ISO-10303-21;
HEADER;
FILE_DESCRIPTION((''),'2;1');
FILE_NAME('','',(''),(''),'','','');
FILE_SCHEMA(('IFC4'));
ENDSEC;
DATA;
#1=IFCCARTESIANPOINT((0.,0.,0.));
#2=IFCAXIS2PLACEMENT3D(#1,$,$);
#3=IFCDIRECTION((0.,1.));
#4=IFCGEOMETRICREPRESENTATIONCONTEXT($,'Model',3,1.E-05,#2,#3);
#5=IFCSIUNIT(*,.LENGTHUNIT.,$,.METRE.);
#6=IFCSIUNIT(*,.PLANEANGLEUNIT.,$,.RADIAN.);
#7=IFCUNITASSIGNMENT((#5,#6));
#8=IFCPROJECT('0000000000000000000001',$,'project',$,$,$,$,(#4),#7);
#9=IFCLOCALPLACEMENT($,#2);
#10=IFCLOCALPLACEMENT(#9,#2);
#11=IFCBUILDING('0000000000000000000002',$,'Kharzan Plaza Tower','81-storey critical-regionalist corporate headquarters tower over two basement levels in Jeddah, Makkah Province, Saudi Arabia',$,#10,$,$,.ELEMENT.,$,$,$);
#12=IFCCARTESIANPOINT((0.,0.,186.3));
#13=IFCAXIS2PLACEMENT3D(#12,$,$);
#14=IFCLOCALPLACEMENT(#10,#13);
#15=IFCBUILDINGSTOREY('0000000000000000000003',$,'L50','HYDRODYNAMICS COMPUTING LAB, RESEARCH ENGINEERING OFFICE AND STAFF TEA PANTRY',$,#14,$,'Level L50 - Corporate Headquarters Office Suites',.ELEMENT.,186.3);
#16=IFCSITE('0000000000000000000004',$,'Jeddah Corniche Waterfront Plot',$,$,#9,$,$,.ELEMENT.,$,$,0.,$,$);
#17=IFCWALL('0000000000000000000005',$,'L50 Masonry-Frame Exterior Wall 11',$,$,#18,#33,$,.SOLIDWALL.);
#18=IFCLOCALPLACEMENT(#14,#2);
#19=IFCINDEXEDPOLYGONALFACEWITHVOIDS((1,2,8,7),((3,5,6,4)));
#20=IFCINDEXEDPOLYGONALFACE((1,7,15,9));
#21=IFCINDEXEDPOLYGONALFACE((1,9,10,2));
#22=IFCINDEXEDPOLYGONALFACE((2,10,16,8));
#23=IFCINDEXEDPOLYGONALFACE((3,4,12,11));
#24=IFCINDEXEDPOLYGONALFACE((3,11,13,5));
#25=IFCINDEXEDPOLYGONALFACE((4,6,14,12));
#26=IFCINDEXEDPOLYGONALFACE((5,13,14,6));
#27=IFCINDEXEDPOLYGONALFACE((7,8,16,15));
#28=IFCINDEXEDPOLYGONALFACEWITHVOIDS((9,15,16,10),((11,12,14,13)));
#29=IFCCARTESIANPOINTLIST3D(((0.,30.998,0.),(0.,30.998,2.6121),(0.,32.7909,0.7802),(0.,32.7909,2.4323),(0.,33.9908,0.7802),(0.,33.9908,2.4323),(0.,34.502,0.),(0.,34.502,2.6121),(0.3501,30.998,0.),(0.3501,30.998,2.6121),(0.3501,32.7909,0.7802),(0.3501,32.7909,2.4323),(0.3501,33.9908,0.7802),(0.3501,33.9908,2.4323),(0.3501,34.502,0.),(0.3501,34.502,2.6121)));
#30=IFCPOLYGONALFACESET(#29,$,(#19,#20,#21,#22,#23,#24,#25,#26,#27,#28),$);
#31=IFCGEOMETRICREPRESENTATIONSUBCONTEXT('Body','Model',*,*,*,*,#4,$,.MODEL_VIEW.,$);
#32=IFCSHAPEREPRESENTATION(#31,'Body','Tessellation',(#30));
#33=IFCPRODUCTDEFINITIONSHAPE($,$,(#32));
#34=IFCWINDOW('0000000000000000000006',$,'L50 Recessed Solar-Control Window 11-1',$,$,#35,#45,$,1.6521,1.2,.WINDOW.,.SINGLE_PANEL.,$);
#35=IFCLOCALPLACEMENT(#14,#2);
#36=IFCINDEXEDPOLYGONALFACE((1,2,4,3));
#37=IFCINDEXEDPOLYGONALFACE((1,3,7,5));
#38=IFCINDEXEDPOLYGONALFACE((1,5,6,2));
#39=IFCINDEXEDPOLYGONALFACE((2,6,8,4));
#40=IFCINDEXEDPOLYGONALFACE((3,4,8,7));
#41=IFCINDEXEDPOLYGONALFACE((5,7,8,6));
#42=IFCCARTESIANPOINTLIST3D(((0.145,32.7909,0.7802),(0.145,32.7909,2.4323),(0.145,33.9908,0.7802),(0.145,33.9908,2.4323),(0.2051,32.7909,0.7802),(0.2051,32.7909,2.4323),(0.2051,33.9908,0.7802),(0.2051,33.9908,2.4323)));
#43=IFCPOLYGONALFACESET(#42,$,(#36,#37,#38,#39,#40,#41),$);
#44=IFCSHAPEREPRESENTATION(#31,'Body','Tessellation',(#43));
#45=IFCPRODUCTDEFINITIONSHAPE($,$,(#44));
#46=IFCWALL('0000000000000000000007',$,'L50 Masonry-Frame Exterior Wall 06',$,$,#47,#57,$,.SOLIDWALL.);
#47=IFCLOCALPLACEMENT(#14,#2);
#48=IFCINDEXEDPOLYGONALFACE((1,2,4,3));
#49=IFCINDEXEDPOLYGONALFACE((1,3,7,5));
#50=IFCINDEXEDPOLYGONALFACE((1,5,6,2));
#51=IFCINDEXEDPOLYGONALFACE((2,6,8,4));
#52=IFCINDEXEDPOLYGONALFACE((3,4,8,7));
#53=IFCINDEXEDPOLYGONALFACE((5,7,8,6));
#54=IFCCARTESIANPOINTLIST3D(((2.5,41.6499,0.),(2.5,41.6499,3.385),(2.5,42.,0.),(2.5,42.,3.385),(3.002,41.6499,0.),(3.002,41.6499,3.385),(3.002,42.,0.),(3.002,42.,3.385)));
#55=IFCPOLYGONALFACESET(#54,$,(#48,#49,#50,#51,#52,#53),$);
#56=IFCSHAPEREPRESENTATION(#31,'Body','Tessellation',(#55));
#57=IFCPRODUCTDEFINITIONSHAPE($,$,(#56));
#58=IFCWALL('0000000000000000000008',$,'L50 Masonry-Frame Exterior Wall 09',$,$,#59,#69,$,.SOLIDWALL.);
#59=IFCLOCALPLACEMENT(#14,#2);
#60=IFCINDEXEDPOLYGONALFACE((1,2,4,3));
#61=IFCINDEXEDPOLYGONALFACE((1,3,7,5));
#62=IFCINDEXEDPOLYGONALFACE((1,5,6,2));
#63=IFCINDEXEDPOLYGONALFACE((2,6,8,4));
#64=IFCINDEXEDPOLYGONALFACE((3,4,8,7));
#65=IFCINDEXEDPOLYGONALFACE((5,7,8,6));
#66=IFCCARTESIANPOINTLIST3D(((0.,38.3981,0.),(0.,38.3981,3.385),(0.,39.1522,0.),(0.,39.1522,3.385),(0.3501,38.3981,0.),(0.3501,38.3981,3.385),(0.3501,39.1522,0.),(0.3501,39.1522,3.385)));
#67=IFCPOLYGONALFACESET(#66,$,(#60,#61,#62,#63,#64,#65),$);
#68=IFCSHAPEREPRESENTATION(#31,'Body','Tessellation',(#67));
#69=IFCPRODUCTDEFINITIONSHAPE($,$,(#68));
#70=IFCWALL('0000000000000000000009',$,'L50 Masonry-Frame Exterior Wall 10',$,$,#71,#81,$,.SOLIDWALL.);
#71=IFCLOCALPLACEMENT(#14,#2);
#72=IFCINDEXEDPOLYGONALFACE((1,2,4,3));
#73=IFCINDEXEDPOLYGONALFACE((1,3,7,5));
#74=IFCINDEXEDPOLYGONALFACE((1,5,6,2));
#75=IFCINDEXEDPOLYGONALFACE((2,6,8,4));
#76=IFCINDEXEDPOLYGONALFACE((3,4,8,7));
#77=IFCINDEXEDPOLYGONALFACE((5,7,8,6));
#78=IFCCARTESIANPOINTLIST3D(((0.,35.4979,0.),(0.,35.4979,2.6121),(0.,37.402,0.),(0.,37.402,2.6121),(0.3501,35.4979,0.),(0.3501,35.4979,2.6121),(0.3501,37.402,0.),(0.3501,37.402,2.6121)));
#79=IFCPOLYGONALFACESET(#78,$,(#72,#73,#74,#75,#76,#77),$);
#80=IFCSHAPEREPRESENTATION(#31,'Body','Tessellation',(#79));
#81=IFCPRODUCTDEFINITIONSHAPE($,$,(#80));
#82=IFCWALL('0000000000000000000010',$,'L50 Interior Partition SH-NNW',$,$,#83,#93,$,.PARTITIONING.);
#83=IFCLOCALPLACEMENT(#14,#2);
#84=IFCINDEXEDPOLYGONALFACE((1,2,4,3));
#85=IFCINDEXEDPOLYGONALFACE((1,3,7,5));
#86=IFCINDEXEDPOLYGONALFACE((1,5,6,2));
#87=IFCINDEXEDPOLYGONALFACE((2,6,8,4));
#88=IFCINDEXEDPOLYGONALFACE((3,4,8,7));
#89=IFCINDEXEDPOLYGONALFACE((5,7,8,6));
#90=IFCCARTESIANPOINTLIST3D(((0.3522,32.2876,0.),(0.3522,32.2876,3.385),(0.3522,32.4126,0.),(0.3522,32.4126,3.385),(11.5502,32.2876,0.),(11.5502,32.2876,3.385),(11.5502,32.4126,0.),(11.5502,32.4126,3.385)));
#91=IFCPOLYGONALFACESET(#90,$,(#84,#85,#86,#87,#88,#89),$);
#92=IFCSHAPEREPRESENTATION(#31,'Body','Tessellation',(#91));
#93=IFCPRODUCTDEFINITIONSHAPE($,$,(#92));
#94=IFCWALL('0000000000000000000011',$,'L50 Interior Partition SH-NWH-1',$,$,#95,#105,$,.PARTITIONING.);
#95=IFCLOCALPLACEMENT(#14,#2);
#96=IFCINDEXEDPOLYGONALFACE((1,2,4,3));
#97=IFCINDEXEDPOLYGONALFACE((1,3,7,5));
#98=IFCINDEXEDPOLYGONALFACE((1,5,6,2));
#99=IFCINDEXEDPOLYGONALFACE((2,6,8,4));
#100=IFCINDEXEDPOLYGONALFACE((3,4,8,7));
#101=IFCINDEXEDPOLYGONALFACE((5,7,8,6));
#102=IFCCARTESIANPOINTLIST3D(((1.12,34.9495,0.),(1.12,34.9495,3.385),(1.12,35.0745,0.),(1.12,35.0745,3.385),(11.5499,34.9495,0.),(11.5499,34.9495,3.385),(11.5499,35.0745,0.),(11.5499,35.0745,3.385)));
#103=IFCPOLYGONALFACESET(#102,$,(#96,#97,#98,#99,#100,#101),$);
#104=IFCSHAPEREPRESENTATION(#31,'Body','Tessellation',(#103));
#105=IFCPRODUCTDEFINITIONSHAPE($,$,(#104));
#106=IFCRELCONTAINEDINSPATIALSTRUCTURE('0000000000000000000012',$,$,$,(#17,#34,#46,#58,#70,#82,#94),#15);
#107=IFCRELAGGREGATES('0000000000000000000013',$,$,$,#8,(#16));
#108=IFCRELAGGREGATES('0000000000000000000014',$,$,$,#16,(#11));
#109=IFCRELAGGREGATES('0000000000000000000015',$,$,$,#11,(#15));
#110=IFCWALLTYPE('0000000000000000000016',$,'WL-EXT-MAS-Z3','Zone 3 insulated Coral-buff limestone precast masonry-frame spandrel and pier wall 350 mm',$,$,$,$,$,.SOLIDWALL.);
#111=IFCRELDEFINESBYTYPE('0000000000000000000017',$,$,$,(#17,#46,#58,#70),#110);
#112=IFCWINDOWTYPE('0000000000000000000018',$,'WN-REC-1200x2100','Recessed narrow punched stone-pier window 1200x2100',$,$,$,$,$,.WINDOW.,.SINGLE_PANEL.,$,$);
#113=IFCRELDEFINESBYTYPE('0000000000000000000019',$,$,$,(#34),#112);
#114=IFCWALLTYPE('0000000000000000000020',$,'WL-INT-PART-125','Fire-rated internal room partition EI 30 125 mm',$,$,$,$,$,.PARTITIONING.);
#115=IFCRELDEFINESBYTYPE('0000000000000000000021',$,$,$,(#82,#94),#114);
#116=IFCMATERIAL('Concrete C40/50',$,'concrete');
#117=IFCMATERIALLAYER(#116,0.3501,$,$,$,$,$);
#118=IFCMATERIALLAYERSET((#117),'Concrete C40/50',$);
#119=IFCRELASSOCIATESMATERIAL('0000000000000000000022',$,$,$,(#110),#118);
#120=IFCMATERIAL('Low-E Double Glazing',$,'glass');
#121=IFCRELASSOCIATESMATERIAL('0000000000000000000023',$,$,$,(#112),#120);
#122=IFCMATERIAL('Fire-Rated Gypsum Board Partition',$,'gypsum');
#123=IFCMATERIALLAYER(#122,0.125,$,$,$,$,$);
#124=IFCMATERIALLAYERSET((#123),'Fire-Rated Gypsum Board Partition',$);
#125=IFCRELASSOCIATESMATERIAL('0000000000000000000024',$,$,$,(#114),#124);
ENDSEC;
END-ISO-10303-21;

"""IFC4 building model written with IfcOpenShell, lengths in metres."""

from ifc_helpers import new_model, si_unit, direction, frame, frame_2d, origin, place, context, subcontext, project, spatial, rectangle, extrude, source, transform, mapped, material, layer, layer_set, type_object, element, fill, save


model = new_model("IFC4")

# Units and contexts
model_context = context("Model", 3, precision=1e-05, world=origin(), true_north=direction((0.0, 1.0)))
body_context = subcontext(model_context, "Body", "Model", "MODEL_VIEW")
ifc_project = project(units=[si_unit("LENGTHUNIT", "METRE"), si_unit("PLANEANGLEUNIT", "RADIAN")], contexts=[model_context])

# Site, building, storey
site_placement = place(None, origin())
site = spatial("IfcSite", under=ifc_project, at=site_placement, Name="Jeddah Corniche Waterfront Plot", CompositionType="ELEMENT", RefElevation=0.0)
building_placement = place(site_placement, origin())
building = spatial("IfcBuilding", under=site, at=building_placement, Name="Kharzan Plaza Tower", Description="81-storey critical-regionalist corporate headquarters tower over two basement levels in Jeddah, Makkah Province, Saudi Arabia", CompositionType="ELEMENT")
storey_placement = place(building_placement, frame((0.0, 0.0, 186.3)))
storey = spatial("IfcBuildingStorey", under=building, at=storey_placement, Name="L50", Description="HYDRODYNAMICS COMPUTING LAB, RESEARCH ENGINEERING OFFICE AND STAFF TEA PANTRY", LongName="Level L50 - Corporate Headquarters Office Suites", CompositionType="ELEMENT", Elevation=186.3)

# Wall, opening, window
ifc_material_1 = material(Name="Concrete C40/50", Category="concrete")
ifc_layer_1 = layer(ifc_material_1, 0.3501)
ifc_layer_set_1 = layer_set([ifc_layer_1], Name="Concrete C40/50")
wall_type_1 = type_object("IfcWallType", Name="WL-EXT-MAS-Z3", Description="Zone 3 insulated Coral-buff limestone precast masonry-frame spandrel and pier wall 350 mm", PredefinedType="SOLIDWALL", material=ifc_layer_set_1)
ifc_material_2 = material(Name="Low-E Double Glazing", Category="glass")
window_type_1 = type_object("IfcWindowType", Name="WN-REC-1200x2100", Description="Recessed narrow punched stone-pier window 1200x2100", PartitioningType="SINGLE_PANEL", PredefinedType="WINDOW", material=ifc_material_2)
wall_1_placement = place(storey_placement, frame((0.175, 34.502, 0.0), z_axis=(0.0, 0.0, 1.0), x_axis=(0.0, -1.0, 0.0)))
wall_1 = element("IfcWall", 1, at=wall_1_placement, inside=storey, type_object=wall_type_1, Name="L50 Masonry-Frame Exterior Wall 11", PredefinedType="SOLIDWALL", context=body_context, shape_type="SweptSolid", body=[
    extrude(rectangle(XDim=3.5039, YDim=0.3501, at=frame_2d((1.752, 0.0))), origin(), (0.0, 0.0, 1.0), 2.6121),
])
opening_1_placement = place(wall_1_placement, frame((0.511, 0.0, 0.78)))
opening_1 = element("IfcOpeningElement", 2, at=opening_1_placement, cuts=wall_1, PredefinedType="OPENING", context=body_context, shape_type="SweptSolid", body=[
    extrude(rectangle(XDim=1.2, YDim=1.6521, at=frame_2d((0.6001, 0.8262))), frame((0.0, 0.1851, 0.0), z_axis=(0.0, -1.0, 0.0), x_axis=(1.0, 0.0, 0.0)), (0.0, 0.0, 1.0), 0.3701),
])
shared_shape_1 = source(origin(), body_context, "Body", "SweptSolid", [
    extrude(rectangle(XDim=1.2, YDim=1.6521, at=frame_2d((0.6001, 0.8262))), frame((0.0, 0.03, 0.0), z_axis=(0.0, -1.0, 0.0), x_axis=(1.0, 0.0, 0.0)), (0.0, 0.0, 1.0), 0.0601),
])
window_1_placement = place(opening_1_placement, origin())
window_1 = element("IfcWindow", 3, at=window_1_placement, inside=storey, type_object=window_type_1, Name="L50 Recessed Solar-Control Window 11-1", OverallHeight=1.6521, OverallWidth=1.2, PartitioningType="SINGLE_PANEL", PredefinedType="WINDOW", context=body_context, shape_type="MappedRepresentation", body=[
    mapped(shared_shape_1, transform((0.0, 0.0, 0.0), x_axis=(1.0, 0.0, 0.0), y_axis=(0.0, 1.0, 0.0), z_axis=(0.0, 0.0, 1.0))),
])
fill(opening_1, window_1)

# Walls
shared_shape_2 = source(origin(), body_context, "Body", "SweptSolid", [
    extrude(rectangle(XDim=0.502, YDim=0.3501, at=frame_2d((0.251, 0.0))), origin(), (0.0, 0.0, 1.0), 3.385),
])
wall_2_placement = place(storey_placement, frame((3.002, 41.825, 0.0), z_axis=(0.0, 0.0, 1.0), x_axis=(-1.0, 0.0, 0.0)))
element("IfcWall", 4, at=wall_2_placement, inside=storey, type_object=wall_type_1, Name="L50 Masonry-Frame Exterior Wall 06", PredefinedType="SOLIDWALL", context=body_context, shape_type="MappedRepresentation", body=[
    mapped(shared_shape_2, transform((0.0, 0.0, 0.0), x_axis=(1.0, 0.0, 0.0), y_axis=(0.0, 1.0, 0.0), z_axis=(0.0, 0.0, 1.0))),
])
shared_shape_3 = source(origin(), body_context, "Body", "SweptSolid", [
    extrude(rectangle(XDim=0.7542, YDim=0.3501, at=frame_2d((0.377, 0.0))), origin(), (0.0, 0.0, 1.0), 3.385),
])
wall_3_placement = place(storey_placement, frame((0.175, 39.1521, 0.0), z_axis=(0.0, 0.0, 1.0), x_axis=(0.0, -1.0, 0.0)))
element("IfcWall", 5, at=wall_3_placement, inside=storey, type_object=wall_type_1, Name="L50 Masonry-Frame Exterior Wall 09", PredefinedType="SOLIDWALL", context=body_context, shape_type="MappedRepresentation", body=[
    mapped(shared_shape_3, transform((0.0, 0.0, 0.0), x_axis=(1.0, 0.0, 0.0), y_axis=(0.0, 1.0, 0.0), z_axis=(0.0, 0.0, 1.0))),
])
shared_shape_4 = source(origin(), body_context, "Body", "SweptSolid", [
    extrude(rectangle(XDim=1.9041, YDim=0.3501, at=frame_2d((0.9521, 0.0))), origin(), (0.0, 0.0, 1.0), 2.6121),
])
wall_4_placement = place(storey_placement, frame((0.175, 37.4021, 0.0), z_axis=(0.0, 0.0, 1.0), x_axis=(0.0, -1.0, 0.0)))
element("IfcWall", 6, at=wall_4_placement, inside=storey, type_object=wall_type_1, Name="L50 Masonry-Frame Exterior Wall 10", PredefinedType="SOLIDWALL", context=body_context, shape_type="MappedRepresentation", body=[
    mapped(shared_shape_4, transform((0.0, 0.0, 0.0), x_axis=(1.0, 0.0, 0.0), y_axis=(0.0, 1.0, 0.0), z_axis=(0.0, 0.0, 1.0))),
])
ifc_material_3 = material(Name="Fire-Rated Gypsum Board Partition", Category="gypsum")
ifc_layer_2 = layer(ifc_material_3, 0.125)
ifc_layer_set_2 = layer_set([ifc_layer_2], Name="Fire-Rated Gypsum Board Partition")
wall_type_2 = type_object("IfcWallType", Name="WL-INT-PART-125", Description="Fire-rated internal room partition EI 30 125 mm", PredefinedType="PARTITIONING", material=ifc_layer_set_2)
shared_shape_5 = source(origin(), body_context, "Body", "SweptSolid", [
    extrude(rectangle(XDim=11.198, YDim=0.125, at=frame_2d((5.5991, 0.0))), origin(), (0.0, 0.0, 1.0), 3.385),
])
wall_5_placement = place(storey_placement, frame((0.3521, 32.3501, 0.0), z_axis=(0.0, 0.0, 1.0), x_axis=(1.0, 0.0, 0.0)))
element("IfcWall", 7, at=wall_5_placement, inside=storey, type_object=wall_type_2, Name="L50 Interior Partition SH-NNW", PredefinedType="PARTITIONING", context=body_context, shape_type="MappedRepresentation", body=[
    mapped(shared_shape_5, transform((0.0, 0.0, 0.0), x_axis=(1.0, 0.0, 0.0), y_axis=(0.0, 1.0, 0.0), z_axis=(0.0, 0.0, 1.0))),
])
shared_shape_6 = source(origin(), body_context, "Body", "SweptSolid", [
    extrude(rectangle(XDim=10.4299, YDim=0.125, at=frame_2d((5.2148, 0.0))), origin(), (0.0, 0.0, 1.0), 3.385),
])
wall_6_placement = place(storey_placement, frame((1.1201, 35.012, 0.0), z_axis=(0.0, 0.0, 1.0), x_axis=(1.0, 0.0, 0.0)))
element("IfcWall", 8, at=wall_6_placement, inside=storey, type_object=wall_type_2, Name="L50 Interior Partition SH-NWH-1", PredefinedType="PARTITIONING", context=body_context, shape_type="MappedRepresentation", body=[
    mapped(shared_shape_6, transform((0.0, 0.0, 0.0), x_axis=(1.0, 0.0, 0.0), y_axis=(0.0, 1.0, 0.0), z_axis=(0.0, 0.0, 1.0))),
])

save(model, "model.ifc")
